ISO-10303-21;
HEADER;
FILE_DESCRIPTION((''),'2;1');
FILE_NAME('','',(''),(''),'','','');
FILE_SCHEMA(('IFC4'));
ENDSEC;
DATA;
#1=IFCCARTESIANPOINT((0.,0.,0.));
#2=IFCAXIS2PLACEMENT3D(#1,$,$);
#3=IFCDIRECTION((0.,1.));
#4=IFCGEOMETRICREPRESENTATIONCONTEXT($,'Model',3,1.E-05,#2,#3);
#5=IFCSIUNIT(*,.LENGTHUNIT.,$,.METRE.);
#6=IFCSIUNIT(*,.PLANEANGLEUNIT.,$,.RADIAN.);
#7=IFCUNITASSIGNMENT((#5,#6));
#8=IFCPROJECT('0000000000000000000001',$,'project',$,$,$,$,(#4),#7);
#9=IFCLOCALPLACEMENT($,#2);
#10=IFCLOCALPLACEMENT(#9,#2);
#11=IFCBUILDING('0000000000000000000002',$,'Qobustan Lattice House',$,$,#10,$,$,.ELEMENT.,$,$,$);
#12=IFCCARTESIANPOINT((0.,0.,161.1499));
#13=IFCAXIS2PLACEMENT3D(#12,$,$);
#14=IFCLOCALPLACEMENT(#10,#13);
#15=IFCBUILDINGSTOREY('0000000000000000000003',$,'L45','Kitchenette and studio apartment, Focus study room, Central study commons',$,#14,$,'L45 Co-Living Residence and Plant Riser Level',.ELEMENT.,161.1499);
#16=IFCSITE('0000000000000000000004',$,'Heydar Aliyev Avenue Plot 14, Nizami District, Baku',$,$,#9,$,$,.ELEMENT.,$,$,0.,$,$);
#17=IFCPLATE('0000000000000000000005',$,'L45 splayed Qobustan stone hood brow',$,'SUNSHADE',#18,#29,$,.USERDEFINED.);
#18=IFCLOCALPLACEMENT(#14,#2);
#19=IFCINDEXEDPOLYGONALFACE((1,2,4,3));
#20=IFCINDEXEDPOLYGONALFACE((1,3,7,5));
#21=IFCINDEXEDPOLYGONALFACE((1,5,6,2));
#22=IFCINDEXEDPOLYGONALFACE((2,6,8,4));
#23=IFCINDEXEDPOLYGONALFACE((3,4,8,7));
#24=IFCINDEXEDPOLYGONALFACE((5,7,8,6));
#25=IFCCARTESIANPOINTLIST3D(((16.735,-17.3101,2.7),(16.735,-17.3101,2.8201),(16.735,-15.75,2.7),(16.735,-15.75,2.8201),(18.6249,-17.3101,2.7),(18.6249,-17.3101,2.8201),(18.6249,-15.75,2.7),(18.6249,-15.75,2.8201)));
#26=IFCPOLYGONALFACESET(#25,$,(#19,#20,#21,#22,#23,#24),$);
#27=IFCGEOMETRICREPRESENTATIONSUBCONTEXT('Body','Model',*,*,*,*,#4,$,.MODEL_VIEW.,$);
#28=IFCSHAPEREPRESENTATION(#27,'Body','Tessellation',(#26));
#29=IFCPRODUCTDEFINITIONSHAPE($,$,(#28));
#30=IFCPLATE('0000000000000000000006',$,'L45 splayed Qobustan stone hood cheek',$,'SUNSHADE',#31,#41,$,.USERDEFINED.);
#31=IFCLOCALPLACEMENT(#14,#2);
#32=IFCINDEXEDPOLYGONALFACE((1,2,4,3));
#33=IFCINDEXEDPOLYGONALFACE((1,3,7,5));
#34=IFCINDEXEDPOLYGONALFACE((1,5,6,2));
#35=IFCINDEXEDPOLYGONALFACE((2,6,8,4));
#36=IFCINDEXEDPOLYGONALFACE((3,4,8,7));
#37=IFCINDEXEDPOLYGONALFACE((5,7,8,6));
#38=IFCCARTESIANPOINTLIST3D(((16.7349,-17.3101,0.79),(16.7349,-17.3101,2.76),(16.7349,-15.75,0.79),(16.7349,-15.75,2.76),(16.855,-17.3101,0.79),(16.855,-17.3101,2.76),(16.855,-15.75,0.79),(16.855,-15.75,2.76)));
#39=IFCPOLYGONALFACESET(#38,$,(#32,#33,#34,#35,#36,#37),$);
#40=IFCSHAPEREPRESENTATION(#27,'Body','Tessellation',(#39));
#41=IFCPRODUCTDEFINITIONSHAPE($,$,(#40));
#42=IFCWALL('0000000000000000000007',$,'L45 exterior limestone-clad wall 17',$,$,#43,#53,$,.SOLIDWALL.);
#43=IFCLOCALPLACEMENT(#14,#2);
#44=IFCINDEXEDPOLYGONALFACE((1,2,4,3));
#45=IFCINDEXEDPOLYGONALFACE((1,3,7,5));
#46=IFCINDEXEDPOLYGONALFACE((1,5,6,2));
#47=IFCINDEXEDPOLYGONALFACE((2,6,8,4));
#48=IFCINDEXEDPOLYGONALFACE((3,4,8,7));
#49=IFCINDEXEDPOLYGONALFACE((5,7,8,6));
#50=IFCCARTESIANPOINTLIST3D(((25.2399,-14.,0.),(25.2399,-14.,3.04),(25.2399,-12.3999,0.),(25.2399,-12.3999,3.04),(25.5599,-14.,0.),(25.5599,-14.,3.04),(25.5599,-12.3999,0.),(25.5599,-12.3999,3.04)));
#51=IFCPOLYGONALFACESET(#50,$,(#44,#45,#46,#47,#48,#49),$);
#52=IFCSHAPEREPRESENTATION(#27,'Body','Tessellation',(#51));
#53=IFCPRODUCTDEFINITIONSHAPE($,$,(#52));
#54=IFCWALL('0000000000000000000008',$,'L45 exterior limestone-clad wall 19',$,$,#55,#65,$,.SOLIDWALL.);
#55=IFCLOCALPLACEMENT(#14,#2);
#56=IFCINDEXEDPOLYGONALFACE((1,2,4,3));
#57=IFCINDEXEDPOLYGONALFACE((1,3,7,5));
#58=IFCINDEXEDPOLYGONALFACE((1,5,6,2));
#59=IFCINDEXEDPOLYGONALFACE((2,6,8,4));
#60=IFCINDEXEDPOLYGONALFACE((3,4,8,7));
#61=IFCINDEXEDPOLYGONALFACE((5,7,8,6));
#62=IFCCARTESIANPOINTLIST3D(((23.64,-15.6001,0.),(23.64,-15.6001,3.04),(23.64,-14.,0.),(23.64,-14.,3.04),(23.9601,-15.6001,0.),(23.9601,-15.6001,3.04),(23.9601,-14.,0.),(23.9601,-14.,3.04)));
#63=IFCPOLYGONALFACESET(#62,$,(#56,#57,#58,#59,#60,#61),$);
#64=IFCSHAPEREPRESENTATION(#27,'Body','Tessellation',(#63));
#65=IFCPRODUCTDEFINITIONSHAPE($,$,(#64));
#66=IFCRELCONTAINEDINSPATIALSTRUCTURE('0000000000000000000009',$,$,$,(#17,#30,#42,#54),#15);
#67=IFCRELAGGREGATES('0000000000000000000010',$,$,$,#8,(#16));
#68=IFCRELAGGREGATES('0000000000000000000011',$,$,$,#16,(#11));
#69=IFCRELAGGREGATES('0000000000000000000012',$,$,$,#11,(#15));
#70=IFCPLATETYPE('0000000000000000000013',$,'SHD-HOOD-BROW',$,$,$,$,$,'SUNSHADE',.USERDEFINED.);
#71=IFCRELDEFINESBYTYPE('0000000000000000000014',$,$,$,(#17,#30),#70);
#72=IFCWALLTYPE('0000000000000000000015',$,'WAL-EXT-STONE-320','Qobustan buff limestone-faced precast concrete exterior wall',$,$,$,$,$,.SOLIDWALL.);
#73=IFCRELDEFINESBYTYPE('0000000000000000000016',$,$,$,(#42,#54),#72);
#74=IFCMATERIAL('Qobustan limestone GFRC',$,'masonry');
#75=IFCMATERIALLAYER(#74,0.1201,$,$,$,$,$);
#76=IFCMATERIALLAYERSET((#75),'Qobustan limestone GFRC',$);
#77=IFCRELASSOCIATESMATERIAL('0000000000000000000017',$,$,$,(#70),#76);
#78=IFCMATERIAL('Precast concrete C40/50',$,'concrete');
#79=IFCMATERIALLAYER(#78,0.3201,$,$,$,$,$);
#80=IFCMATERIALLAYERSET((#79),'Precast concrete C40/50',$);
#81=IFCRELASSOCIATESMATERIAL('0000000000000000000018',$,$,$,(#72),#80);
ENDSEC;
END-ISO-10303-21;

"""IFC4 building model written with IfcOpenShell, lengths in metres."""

from ifc_helpers import new_model, si_unit, direction, frame, frame_2d, origin, origin_2d, place, context, subcontext, project, spatial, rectangle, extrude, material, layer, layer_set, type_object, element, save


model = new_model("IFC4")

# Units and contexts
model_context = context("Model", 3, precision=1e-05, world=origin(), true_north=direction((0.0, 1.0)))
body_context = subcontext(model_context, "Body", "Model", "MODEL_VIEW")
ifc_project = project(units=[si_unit("LENGTHUNIT", "METRE"), si_unit("PLANEANGLEUNIT", "RADIAN")], contexts=[model_context])

# Site, building, storey
site_placement = place(None, origin())
site = spatial("IfcSite", under=ifc_project, at=site_placement, Name="Heydar Aliyev Avenue Plot 14, Nizami District, Baku", CompositionType="ELEMENT", RefElevation=0.0)
building_placement = place(site_placement, origin())
building = spatial("IfcBuilding", under=site, at=building_placement, Name="Qobustan Lattice House", CompositionType="ELEMENT")
storey_placement = place(building_placement, frame((0.0, 0.0, 161.1499)))
storey = spatial("IfcBuildingStorey", under=building, at=storey_placement, Name="L45", Description="Kitchenette and studio apartment, Focus study room, Central study commons", LongName="L45 Co-Living Residence and Plant Riser Level", CompositionType="ELEMENT", Elevation=161.1499)

# Plates
ifc_material_1 = material(Name="Qobustan limestone GFRC", Category="masonry")
ifc_layer_1 = layer(ifc_material_1, 0.1201)
ifc_layer_set_1 = layer_set([ifc_layer_1], Name="Qobustan limestone GFRC")
plate_type_1 = type_object("IfcPlateType", Name="SHD-HOOD-BROW", ElementType="SUNSHADE", PredefinedType="USERDEFINED", material=ifc_layer_set_1)
plate_1_placement = place(storey_placement, frame((17.6799, -16.53, 2.7), z_axis=(0.0, 0.0, 1.0), x_axis=(-1.0, 0.0, 0.0)))
element("IfcPlate", 1, at=plate_1_placement, inside=storey, type_object=plate_type_1, Name="L45 splayed Qobustan stone hood brow", ObjectType="SUNSHADE", PredefinedType="USERDEFINED", context=body_context, shape_type="SweptSolid", body=[
    extrude(rectangle(XDim=1.8899, YDim=1.5601, at=origin_2d()), origin(), (0.0, 0.0, 1.0), 0.1201),
])
plate_2_placement = place(storey_placement, frame((16.7949, -16.53, 0.79), z_axis=(0.0, 0.0, 1.0), x_axis=(-1.0, 0.0, 0.0)))
element("IfcPlate", 2, at=plate_2_placement, inside=storey, type_object=plate_type_1, Name="L45 splayed Qobustan stone hood cheek", ObjectType="SUNSHADE", PredefinedType="USERDEFINED", context=body_context, shape_type="SweptSolid", body=[
    extrude(rectangle(XDim=0.1201, YDim=1.5601, at=origin_2d()), origin(), (0.0, 0.0, 1.0), 1.97),
])

# Walls
ifc_material_2 = material(Name="Precast concrete C40/50", Category="concrete")
ifc_layer_2 = layer(ifc_material_2, 0.3201)
ifc_layer_set_2 = layer_set([ifc_layer_2], Name="Precast concrete C40/50")
wall_type_1 = type_object("IfcWallType", Name="WAL-EXT-STONE-320", Description="Qobustan buff limestone-faced precast concrete exterior wall", PredefinedType="SOLIDWALL", material=ifc_layer_set_2)
for number, where, z_axis, x_axis, name in (
    (3, (25.3999, -12.3999, 0.0), (0.0, 0.0, 1.0), (0.0, -1.0, 0.0), "L45 exterior limestone-clad wall 17"),
    (4, (23.8, -14.0, 0.0), (0.0, 0.0, 1.0), (0.0, -1.0, 0.0), "L45 exterior limestone-clad wall 19"),
):
    element("IfcWall", number, at=place(storey_placement, frame(where, z_axis=z_axis, x_axis=x_axis)), inside=storey, type_object=wall_type_1, Name=name, PredefinedType="SOLIDWALL", context=body_context, shape_type="SweptSolid", body=[
        extrude(rectangle(XDim=1.6001, YDim=0.3201, at=frame_2d((0.8, 0.0))), origin(), (0.0, 0.0, 1.0), 3.04),
    ])

save(model, "model.ifc")
